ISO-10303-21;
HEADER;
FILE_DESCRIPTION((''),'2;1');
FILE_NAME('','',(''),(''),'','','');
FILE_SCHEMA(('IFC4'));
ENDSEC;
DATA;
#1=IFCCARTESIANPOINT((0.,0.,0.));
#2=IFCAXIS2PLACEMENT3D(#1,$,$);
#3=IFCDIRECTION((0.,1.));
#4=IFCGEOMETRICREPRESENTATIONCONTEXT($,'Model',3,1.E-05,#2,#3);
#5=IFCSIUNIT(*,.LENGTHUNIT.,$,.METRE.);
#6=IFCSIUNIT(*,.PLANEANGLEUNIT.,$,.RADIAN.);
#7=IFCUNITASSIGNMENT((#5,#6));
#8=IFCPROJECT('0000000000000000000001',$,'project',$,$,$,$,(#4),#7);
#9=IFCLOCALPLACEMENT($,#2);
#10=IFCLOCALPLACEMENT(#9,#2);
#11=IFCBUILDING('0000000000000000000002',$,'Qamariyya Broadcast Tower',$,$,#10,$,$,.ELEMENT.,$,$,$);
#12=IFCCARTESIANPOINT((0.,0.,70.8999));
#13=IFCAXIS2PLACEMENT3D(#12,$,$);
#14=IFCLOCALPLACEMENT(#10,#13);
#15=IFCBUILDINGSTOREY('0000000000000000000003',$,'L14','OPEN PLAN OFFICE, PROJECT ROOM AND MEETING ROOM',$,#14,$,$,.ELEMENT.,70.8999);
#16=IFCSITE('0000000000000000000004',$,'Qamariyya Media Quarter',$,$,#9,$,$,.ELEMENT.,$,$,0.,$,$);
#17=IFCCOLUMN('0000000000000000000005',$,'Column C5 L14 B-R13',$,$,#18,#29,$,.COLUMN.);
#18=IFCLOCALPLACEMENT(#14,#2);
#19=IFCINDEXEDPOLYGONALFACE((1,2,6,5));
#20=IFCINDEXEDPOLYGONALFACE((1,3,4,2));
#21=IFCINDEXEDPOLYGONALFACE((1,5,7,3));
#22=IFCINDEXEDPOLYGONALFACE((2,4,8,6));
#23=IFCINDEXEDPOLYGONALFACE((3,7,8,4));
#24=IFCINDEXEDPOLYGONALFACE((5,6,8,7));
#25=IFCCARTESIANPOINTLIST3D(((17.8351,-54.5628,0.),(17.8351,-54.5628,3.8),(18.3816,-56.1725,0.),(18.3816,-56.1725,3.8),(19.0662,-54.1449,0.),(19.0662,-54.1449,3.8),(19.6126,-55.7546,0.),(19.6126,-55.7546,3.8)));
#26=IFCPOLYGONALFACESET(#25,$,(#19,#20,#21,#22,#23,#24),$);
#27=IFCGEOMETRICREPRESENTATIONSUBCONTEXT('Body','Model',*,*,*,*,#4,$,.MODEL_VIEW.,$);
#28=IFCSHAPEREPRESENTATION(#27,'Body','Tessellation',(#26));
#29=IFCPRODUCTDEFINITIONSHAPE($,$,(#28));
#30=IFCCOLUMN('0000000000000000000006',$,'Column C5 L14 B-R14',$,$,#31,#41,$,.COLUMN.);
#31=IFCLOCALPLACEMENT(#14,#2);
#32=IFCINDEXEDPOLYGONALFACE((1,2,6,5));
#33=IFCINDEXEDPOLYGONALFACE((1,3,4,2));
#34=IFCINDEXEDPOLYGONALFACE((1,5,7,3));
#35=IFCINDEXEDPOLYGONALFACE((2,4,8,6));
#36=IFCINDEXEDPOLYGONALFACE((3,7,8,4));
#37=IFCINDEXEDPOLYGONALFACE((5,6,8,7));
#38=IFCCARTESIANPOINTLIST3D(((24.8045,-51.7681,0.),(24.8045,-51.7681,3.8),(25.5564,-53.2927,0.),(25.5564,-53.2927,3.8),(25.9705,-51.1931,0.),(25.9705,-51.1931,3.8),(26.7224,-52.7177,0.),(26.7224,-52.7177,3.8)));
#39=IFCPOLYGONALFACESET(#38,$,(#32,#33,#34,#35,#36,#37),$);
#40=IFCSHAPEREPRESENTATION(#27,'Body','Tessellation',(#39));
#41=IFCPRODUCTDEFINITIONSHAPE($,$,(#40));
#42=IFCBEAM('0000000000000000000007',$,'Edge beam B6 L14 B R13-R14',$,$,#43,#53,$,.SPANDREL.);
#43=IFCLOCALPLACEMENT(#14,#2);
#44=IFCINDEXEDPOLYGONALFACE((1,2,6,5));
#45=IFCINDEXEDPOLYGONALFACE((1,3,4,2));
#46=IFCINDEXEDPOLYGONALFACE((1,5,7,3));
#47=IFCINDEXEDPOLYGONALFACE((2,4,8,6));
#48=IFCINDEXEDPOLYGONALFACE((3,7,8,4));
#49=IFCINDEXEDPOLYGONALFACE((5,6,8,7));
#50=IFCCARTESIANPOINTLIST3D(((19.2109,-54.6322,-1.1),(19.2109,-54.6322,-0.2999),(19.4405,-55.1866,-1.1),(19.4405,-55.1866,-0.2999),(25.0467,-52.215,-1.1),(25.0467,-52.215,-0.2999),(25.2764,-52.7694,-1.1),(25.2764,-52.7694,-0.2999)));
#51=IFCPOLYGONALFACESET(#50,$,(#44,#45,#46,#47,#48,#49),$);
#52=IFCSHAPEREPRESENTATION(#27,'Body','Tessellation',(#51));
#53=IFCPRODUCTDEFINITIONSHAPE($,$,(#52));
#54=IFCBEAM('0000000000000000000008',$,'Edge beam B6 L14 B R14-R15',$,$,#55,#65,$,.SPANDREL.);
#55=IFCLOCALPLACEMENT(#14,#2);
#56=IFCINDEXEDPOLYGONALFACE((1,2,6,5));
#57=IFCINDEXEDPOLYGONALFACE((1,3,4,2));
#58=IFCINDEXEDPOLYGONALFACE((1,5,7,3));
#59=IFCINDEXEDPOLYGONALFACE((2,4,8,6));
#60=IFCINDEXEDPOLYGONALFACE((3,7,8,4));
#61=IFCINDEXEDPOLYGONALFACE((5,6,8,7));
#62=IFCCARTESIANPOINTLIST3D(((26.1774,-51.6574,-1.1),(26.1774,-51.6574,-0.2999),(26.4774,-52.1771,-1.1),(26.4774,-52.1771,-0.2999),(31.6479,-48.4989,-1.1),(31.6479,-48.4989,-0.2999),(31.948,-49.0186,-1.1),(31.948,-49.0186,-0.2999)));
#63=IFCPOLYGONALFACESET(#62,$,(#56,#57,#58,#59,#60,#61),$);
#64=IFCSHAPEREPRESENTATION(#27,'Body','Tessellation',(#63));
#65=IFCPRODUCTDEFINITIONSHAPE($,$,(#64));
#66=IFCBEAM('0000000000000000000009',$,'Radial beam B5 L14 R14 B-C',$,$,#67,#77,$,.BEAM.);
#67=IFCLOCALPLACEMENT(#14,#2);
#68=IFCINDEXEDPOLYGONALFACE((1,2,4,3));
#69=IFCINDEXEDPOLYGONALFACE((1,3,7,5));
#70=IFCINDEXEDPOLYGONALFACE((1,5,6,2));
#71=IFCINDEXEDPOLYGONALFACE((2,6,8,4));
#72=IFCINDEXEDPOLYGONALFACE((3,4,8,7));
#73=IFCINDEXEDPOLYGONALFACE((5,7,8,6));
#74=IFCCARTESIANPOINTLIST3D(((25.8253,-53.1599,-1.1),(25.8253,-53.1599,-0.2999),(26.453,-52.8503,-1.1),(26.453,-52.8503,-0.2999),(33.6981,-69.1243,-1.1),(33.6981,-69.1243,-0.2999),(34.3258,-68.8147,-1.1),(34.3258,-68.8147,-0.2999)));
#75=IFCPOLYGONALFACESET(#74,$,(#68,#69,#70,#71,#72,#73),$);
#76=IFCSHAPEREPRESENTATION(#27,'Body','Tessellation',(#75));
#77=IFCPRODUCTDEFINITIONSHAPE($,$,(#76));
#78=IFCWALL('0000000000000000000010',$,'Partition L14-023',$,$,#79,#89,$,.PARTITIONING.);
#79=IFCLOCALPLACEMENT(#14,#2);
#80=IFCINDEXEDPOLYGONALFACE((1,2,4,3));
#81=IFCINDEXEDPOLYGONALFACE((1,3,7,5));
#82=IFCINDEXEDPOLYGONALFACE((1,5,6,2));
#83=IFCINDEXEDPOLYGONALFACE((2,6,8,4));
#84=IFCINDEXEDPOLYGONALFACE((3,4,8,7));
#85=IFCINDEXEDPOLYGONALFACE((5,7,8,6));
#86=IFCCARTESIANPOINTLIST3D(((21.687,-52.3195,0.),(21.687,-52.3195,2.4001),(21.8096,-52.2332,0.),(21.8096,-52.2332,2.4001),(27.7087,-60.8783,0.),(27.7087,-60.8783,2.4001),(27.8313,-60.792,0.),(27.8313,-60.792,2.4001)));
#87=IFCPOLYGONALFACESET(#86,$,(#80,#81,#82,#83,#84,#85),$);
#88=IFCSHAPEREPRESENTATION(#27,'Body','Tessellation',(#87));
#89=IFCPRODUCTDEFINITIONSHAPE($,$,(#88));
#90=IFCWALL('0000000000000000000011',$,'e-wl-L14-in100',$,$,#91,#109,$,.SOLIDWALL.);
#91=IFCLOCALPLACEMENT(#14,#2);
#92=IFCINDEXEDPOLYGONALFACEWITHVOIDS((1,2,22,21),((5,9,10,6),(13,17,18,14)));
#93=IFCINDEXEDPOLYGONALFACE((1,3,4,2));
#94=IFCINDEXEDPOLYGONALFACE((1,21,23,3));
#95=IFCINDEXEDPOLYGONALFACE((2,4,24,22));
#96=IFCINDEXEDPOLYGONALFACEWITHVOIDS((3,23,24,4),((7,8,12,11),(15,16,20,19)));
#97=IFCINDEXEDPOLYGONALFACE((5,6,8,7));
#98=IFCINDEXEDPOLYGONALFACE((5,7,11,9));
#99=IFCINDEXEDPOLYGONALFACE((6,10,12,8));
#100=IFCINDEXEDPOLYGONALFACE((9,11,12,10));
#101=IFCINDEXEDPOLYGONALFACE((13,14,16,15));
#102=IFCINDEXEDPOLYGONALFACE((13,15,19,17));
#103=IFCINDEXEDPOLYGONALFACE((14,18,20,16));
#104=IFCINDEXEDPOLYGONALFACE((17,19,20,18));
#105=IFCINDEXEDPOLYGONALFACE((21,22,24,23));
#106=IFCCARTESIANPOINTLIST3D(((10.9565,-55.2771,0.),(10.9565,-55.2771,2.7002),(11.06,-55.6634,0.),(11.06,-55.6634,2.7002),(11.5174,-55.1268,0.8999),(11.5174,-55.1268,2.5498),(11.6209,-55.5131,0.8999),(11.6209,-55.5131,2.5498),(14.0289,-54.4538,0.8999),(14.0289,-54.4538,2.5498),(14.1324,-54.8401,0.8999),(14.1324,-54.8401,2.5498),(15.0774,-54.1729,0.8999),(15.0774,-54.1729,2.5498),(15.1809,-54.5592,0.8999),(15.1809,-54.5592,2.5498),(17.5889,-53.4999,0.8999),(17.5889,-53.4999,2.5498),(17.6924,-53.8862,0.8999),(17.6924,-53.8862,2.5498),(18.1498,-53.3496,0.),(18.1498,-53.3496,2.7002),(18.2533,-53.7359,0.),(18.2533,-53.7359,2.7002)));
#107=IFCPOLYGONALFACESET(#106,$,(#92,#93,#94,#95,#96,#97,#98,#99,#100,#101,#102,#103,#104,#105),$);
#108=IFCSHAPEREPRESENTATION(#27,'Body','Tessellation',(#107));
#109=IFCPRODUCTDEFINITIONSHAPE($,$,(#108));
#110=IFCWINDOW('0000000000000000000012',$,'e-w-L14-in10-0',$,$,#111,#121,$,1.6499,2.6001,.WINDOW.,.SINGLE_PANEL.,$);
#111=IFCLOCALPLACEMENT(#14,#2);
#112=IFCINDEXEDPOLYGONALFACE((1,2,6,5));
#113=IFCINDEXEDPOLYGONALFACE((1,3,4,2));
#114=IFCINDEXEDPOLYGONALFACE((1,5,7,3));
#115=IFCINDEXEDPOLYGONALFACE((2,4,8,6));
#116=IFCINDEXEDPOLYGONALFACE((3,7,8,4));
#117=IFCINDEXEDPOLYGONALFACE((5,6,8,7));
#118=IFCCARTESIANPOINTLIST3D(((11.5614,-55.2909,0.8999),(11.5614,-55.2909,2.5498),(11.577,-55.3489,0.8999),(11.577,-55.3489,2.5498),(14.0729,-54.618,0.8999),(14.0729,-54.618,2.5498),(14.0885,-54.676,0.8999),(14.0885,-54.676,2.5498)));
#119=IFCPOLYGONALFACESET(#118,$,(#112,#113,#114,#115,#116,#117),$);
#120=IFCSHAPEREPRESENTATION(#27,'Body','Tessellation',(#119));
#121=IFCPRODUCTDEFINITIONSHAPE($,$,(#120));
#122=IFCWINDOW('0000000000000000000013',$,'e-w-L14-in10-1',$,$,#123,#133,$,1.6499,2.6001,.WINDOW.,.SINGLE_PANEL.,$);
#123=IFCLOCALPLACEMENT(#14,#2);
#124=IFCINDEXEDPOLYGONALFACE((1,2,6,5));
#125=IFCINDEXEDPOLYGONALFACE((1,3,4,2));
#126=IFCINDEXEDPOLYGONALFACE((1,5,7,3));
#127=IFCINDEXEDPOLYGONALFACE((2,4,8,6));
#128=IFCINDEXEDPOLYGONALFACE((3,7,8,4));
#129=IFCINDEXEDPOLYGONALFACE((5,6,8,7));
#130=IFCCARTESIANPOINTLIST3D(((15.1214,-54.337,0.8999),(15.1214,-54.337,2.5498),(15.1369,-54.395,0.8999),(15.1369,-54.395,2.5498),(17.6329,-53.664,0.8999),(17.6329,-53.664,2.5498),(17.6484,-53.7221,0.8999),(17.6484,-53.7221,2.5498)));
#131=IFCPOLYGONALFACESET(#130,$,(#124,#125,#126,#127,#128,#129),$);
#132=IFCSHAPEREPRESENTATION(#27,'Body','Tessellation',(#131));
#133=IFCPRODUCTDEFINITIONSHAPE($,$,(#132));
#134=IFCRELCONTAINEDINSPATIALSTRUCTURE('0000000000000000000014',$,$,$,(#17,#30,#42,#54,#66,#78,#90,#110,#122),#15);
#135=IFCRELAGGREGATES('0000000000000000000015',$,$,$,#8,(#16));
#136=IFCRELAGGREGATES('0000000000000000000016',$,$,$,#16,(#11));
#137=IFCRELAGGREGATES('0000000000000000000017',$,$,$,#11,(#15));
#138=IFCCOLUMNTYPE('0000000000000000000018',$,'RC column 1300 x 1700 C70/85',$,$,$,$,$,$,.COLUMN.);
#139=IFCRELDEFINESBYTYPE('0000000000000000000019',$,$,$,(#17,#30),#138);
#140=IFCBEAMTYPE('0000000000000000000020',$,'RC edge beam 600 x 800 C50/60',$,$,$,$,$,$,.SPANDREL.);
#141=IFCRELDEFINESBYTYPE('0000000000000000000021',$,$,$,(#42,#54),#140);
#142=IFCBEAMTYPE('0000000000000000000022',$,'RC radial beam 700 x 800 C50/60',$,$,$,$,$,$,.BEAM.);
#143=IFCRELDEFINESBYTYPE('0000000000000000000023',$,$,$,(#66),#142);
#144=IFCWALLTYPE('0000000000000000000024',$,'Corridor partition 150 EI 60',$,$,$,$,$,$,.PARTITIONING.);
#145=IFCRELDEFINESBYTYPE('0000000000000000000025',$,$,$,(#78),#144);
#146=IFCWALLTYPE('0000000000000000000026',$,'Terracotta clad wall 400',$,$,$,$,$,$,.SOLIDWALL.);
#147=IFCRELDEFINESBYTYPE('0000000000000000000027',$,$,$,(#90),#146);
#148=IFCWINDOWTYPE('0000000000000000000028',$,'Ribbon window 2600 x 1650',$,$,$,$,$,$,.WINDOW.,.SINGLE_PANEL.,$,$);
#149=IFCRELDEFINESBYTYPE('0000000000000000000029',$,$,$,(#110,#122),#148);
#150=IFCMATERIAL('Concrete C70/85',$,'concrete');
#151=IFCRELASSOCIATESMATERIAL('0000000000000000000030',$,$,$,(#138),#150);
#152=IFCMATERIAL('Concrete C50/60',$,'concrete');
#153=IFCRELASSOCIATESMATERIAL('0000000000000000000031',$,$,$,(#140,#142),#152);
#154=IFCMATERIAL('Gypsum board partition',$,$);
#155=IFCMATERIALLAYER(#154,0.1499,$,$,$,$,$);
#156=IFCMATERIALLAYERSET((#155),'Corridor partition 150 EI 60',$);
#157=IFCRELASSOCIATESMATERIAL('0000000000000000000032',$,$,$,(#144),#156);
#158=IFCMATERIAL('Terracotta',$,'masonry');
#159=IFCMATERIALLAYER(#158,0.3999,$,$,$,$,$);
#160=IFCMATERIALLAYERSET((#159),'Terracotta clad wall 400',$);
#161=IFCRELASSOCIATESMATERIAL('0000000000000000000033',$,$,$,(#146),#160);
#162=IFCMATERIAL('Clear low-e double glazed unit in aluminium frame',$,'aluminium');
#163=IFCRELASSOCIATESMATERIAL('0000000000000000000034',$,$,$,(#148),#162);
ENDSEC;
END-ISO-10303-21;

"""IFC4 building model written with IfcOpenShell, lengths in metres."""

from ifc_helpers import new_model, si_unit, direction, frame, frame_2d, origin, origin_2d, place, context, subcontext, project, spatial, rectangle, extrude, material, layer, layer_set, material_profile, profile_set, type_object, element, fill, save


model = new_model("IFC4")

# Units and contexts
model_context = context("Model", 3, precision=1e-05, world=origin(), true_north=direction((0.0, 1.0)))
body_context = subcontext(model_context, "Body", "Model", "MODEL_VIEW")
ifc_project = project(units=[si_unit("LENGTHUNIT", "METRE"), si_unit("PLANEANGLEUNIT", "RADIAN")], contexts=[model_context])

# Site, building, storey
site_placement = place(None, origin())
site = spatial("IfcSite", under=ifc_project, at=site_placement, Name="Qamariyya Media Quarter", CompositionType="ELEMENT", RefElevation=0.0)
building_placement = place(site_placement, origin())
building = spatial("IfcBuilding", under=site, at=building_placement, Name="Qamariyya Broadcast Tower", CompositionType="ELEMENT")
storey_placement = place(building_placement, frame((0.0, 0.0, 70.8999)))
storey = spatial("IfcBuildingStorey", under=building, at=storey_placement, Name="L14", Description="OPEN PLAN OFFICE, PROJECT ROOM AND MEETING ROOM", CompositionType="ELEMENT", Elevation=70.8999)

# Columns
ifc_material_1 = material(Name="Concrete C70/85", Category="concrete")
ifc_material_profile_1 = material_profile(ifc_material_1, rectangle(XDim=1.3, YDim=1.7, at=origin_2d()))
ifc_profile_set_1 = profile_set([ifc_material_profile_1], Name="Concrete C70/85")
column_type = type_object("IfcColumnType", Name="RC column 1300 x 1700 C70/85", PredefinedType="COLUMN", material=ifc_profile_set_1)
for number, where, z_axis, x_axis, name in (
    (1, (18.7239, -55.1587, 0.0), (0.0, 0.0, 1.0), (0.94693, 0.321439, 0.0), "Column C5 L14 B-R13"),
    (2, (25.7634, -52.2429, 0.0), (0.0, 0.0, 1.0), (0.896873, 0.442289, 0.0), "Column C5 L14 B-R14"),
):
    element("IfcColumn", number, at=place(storey_placement, frame(where, z_axis=z_axis, x_axis=x_axis)), inside=storey, type_object=column_type, Name=name, PredefinedType="COLUMN", context=body_context, shape_type="SweptSolid", body=[
        extrude(rectangle(XDim=1.3, YDim=1.7, at=origin_2d()), origin(), (0.0, 0.0, 1.0), 3.8),
    ])

# Beams
ifc_material_2 = material(Name="Concrete C50/60", Category="concrete")
ifc_material_profile_2 = material_profile(ifc_material_2, rectangle(XDim=0.6001, YDim=0.8, at=origin_2d()))
ifc_profile_set_2 = profile_set([ifc_material_profile_2], Name="Concrete C50/60")
beam_type_1 = type_object("IfcBeamType", Name="RC edge beam 600 x 800 C50/60", PredefinedType="SPANDREL", material=ifc_profile_set_2)
beam_1_placement = place(storey_placement, frame((19.3257, -54.9094, -0.7), z_axis=(0.923884, 0.382672, 0.0), x_axis=(-0.382672, 0.923884, 0.0)))
element("IfcBeam", 3, at=beam_1_placement, inside=storey, type_object=beam_type_1, Name="Edge beam B6 L14 B R13-R14", PredefinedType="SPANDREL", context=body_context, shape_type="SweptSolid", body=[
    extrude(rectangle(XDim=0.6001, YDim=0.8, at=origin_2d()), origin(), (0.0, 0.0, 1.0), 6.3167),
])
beam_2_placement = place(storey_placement, frame((26.3274, -51.9172, -0.7), z_axis=(0.86602, 0.500009, 0.0), x_axis=(-0.500009, 0.86602, 0.0)))
element("IfcBeam", 4, at=beam_2_placement, inside=storey, type_object=beam_type_1, Name="Edge beam B6 L14 B R14-R15", PredefinedType="SPANDREL", context=body_context, shape_type="SweptSolid", body=[
    extrude(rectangle(XDim=0.6001, YDim=0.8, at=origin_2d()), origin(), (0.0, 0.0, 1.0), 6.3169),
])
ifc_material_profile_3 = material_profile(ifc_material_2, rectangle(XDim=0.7, YDim=0.8, at=origin_2d()))
ifc_profile_set_3 = profile_set([ifc_material_profile_3], Name="Concrete C50/60")
beam_type_2 = type_object("IfcBeamType", Name="RC radial beam 700 x 800 C50/60", PredefinedType="BEAM", material=ifc_profile_set_3)
beam_3_placement = place(storey_placement, frame((26.1392, -53.0051, -0.7), z_axis=(0.442291, -0.896872, 0.0), x_axis=(0.896872, 0.442291, 0.0)))
element("IfcBeam", 5, at=beam_3_placement, inside=storey, type_object=beam_type_2, Name="Radial beam B5 L14 R14 B-C", PredefinedType="BEAM", context=body_context, shape_type="SweptSolid", body=[
    extrude(rectangle(XDim=0.7, YDim=0.8, at=origin_2d()), origin(), (0.0, 0.0, 1.0), 17.8),
])

# Wall
ifc_material_3 = material(Name="Gypsum board partition")
ifc_layer_1 = layer(ifc_material_3, 0.1499)
ifc_layer_set_1 = layer_set([ifc_layer_1], Name="Corridor partition 150 EI 60")
wall_type_1 = type_object("IfcWallType", Name="Corridor partition 150 EI 60", PredefinedType="PARTITIONING", material=ifc_layer_set_1)
wall_1_placement = place(storey_placement, frame((21.7483, -52.2764, 0.0), z_axis=(0.0, 0.0, 1.0), x_axis=(0.575419, -0.817858, 0.0)))
element("IfcWall", 6, at=wall_1_placement, inside=storey, type_object=wall_type_1, Name="Partition L14-023", PredefinedType="PARTITIONING", context=body_context, shape_type="SweptSolid", body=[
    extrude(rectangle(XDim=10.4648, YDim=0.1499, at=frame_2d((5.2324, 0.0))), origin(), (0.0, 0.0, 1.0), 2.4001),
])

# Wall, openings, windows
ifc_material_4 = material(Name="Terracotta", Category="masonry")
ifc_layer_2 = layer(ifc_material_4, 0.3999)
ifc_layer_set_2 = layer_set([ifc_layer_2], Name="Terracotta clad wall 400")
wall_type_2 = type_object("IfcWallType", Name="Terracotta clad wall 400", PredefinedType="SOLIDWALL", material=ifc_layer_set_2)
wall_2_placement = place(storey_placement, frame((18.2017, -53.5427, 0.0), z_axis=(0.0, 0.0, 1.0), x_axis=(-0.965925, -0.258823, 0.0)))
wall_2 = element("IfcWall", 7, at=wall_2_placement, inside=storey, type_object=wall_type_2, Name="e-wl-L14-in100", PredefinedType="SOLIDWALL", context=body_context, shape_type="SweptSolid", body=[
    extrude(rectangle(XDim=7.447, YDim=0.3999, at=frame_2d((3.7236, 0.0))), origin(), (0.0, 0.0, 1.0), 2.7002),
])
opening_1_placement = place(wall_2_placement, frame((4.2664, 0.0, 0.8999)))
opening_1 = element("IfcOpeningElement", 8, at=opening_1_placement, cuts=wall_2, PredefinedType="OPENING", context=body_context, shape_type="SweptSolid", body=[
    extrude(rectangle(XDim=2.6001, YDim=1.6499, at=frame_2d((1.3, 0.825))), frame((0.0, 0.21, 0.0), z_axis=(0.0, -1.0, 0.0), x_axis=(1.0, 0.0, 0.0)), (0.0, 0.0, 1.0), 0.4199),
])
opening_2_placement = place(wall_2_placement, frame((0.5808, 0.0, 0.8999)))
opening_2 = element("IfcOpeningElement", 9, at=opening_2_placement, cuts=wall_2, PredefinedType="OPENING", context=body_context, shape_type="SweptSolid", body=[
    extrude(rectangle(XDim=2.6001, YDim=1.6499, at=frame_2d((1.3, 0.825))), frame((0.0, 0.21, 0.0), z_axis=(0.0, -1.0, 0.0), x_axis=(1.0, 0.0, 0.0)), (0.0, 0.0, 1.0), 0.4199),
])
ifc_material_5 = material(Name="Clear low-e double glazed unit in aluminium frame", Category="aluminium")
window_type = type_object("IfcWindowType", Name="Ribbon window 2600 x 1650", PartitioningType="SINGLE_PANEL", PredefinedType="WINDOW", material=ifc_material_5)
window_1_placement = place(opening_1_placement, origin())
window_1 = element("IfcWindow", 10, at=window_1_placement, inside=storey, type_object=window_type, Name="e-w-L14-in10-0", OverallHeight=1.6499, OverallWidth=2.6001, PartitioningType="SINGLE_PANEL", PredefinedType="WINDOW", context=body_context, shape_type="SweptSolid", body=[
    extrude(rectangle(XDim=2.6001, YDim=1.6499, at=frame_2d((1.3, 0.825))), frame((0.0, 0.03, 0.0), z_axis=(0.0, -1.0, 0.0), x_axis=(1.0, 0.0, 0.0)), (0.0, 0.0, 1.0), 0.0601),
])
fill(opening_1, window_1)
window_2_placement = place(opening_2_placement, origin())
window_2 = element("IfcWindow", 11, at=window_2_placement, inside=storey, type_object=window_type, Name="e-w-L14-in10-1", OverallHeight=1.6499, OverallWidth=2.6001, PartitioningType="SINGLE_PANEL", PredefinedType="WINDOW", context=body_context, shape_type="SweptSolid", body=[
    extrude(rectangle(XDim=2.6001, YDim=1.6499, at=frame_2d((1.3, 0.825))), frame((0.0, 0.03, 0.0), z_axis=(0.0, -1.0, 0.0), x_axis=(1.0, 0.0, 0.0)), (0.0, 0.0, 1.0), 0.0601),
])
fill(opening_2, window_2)

save(model, "model.ifc")
